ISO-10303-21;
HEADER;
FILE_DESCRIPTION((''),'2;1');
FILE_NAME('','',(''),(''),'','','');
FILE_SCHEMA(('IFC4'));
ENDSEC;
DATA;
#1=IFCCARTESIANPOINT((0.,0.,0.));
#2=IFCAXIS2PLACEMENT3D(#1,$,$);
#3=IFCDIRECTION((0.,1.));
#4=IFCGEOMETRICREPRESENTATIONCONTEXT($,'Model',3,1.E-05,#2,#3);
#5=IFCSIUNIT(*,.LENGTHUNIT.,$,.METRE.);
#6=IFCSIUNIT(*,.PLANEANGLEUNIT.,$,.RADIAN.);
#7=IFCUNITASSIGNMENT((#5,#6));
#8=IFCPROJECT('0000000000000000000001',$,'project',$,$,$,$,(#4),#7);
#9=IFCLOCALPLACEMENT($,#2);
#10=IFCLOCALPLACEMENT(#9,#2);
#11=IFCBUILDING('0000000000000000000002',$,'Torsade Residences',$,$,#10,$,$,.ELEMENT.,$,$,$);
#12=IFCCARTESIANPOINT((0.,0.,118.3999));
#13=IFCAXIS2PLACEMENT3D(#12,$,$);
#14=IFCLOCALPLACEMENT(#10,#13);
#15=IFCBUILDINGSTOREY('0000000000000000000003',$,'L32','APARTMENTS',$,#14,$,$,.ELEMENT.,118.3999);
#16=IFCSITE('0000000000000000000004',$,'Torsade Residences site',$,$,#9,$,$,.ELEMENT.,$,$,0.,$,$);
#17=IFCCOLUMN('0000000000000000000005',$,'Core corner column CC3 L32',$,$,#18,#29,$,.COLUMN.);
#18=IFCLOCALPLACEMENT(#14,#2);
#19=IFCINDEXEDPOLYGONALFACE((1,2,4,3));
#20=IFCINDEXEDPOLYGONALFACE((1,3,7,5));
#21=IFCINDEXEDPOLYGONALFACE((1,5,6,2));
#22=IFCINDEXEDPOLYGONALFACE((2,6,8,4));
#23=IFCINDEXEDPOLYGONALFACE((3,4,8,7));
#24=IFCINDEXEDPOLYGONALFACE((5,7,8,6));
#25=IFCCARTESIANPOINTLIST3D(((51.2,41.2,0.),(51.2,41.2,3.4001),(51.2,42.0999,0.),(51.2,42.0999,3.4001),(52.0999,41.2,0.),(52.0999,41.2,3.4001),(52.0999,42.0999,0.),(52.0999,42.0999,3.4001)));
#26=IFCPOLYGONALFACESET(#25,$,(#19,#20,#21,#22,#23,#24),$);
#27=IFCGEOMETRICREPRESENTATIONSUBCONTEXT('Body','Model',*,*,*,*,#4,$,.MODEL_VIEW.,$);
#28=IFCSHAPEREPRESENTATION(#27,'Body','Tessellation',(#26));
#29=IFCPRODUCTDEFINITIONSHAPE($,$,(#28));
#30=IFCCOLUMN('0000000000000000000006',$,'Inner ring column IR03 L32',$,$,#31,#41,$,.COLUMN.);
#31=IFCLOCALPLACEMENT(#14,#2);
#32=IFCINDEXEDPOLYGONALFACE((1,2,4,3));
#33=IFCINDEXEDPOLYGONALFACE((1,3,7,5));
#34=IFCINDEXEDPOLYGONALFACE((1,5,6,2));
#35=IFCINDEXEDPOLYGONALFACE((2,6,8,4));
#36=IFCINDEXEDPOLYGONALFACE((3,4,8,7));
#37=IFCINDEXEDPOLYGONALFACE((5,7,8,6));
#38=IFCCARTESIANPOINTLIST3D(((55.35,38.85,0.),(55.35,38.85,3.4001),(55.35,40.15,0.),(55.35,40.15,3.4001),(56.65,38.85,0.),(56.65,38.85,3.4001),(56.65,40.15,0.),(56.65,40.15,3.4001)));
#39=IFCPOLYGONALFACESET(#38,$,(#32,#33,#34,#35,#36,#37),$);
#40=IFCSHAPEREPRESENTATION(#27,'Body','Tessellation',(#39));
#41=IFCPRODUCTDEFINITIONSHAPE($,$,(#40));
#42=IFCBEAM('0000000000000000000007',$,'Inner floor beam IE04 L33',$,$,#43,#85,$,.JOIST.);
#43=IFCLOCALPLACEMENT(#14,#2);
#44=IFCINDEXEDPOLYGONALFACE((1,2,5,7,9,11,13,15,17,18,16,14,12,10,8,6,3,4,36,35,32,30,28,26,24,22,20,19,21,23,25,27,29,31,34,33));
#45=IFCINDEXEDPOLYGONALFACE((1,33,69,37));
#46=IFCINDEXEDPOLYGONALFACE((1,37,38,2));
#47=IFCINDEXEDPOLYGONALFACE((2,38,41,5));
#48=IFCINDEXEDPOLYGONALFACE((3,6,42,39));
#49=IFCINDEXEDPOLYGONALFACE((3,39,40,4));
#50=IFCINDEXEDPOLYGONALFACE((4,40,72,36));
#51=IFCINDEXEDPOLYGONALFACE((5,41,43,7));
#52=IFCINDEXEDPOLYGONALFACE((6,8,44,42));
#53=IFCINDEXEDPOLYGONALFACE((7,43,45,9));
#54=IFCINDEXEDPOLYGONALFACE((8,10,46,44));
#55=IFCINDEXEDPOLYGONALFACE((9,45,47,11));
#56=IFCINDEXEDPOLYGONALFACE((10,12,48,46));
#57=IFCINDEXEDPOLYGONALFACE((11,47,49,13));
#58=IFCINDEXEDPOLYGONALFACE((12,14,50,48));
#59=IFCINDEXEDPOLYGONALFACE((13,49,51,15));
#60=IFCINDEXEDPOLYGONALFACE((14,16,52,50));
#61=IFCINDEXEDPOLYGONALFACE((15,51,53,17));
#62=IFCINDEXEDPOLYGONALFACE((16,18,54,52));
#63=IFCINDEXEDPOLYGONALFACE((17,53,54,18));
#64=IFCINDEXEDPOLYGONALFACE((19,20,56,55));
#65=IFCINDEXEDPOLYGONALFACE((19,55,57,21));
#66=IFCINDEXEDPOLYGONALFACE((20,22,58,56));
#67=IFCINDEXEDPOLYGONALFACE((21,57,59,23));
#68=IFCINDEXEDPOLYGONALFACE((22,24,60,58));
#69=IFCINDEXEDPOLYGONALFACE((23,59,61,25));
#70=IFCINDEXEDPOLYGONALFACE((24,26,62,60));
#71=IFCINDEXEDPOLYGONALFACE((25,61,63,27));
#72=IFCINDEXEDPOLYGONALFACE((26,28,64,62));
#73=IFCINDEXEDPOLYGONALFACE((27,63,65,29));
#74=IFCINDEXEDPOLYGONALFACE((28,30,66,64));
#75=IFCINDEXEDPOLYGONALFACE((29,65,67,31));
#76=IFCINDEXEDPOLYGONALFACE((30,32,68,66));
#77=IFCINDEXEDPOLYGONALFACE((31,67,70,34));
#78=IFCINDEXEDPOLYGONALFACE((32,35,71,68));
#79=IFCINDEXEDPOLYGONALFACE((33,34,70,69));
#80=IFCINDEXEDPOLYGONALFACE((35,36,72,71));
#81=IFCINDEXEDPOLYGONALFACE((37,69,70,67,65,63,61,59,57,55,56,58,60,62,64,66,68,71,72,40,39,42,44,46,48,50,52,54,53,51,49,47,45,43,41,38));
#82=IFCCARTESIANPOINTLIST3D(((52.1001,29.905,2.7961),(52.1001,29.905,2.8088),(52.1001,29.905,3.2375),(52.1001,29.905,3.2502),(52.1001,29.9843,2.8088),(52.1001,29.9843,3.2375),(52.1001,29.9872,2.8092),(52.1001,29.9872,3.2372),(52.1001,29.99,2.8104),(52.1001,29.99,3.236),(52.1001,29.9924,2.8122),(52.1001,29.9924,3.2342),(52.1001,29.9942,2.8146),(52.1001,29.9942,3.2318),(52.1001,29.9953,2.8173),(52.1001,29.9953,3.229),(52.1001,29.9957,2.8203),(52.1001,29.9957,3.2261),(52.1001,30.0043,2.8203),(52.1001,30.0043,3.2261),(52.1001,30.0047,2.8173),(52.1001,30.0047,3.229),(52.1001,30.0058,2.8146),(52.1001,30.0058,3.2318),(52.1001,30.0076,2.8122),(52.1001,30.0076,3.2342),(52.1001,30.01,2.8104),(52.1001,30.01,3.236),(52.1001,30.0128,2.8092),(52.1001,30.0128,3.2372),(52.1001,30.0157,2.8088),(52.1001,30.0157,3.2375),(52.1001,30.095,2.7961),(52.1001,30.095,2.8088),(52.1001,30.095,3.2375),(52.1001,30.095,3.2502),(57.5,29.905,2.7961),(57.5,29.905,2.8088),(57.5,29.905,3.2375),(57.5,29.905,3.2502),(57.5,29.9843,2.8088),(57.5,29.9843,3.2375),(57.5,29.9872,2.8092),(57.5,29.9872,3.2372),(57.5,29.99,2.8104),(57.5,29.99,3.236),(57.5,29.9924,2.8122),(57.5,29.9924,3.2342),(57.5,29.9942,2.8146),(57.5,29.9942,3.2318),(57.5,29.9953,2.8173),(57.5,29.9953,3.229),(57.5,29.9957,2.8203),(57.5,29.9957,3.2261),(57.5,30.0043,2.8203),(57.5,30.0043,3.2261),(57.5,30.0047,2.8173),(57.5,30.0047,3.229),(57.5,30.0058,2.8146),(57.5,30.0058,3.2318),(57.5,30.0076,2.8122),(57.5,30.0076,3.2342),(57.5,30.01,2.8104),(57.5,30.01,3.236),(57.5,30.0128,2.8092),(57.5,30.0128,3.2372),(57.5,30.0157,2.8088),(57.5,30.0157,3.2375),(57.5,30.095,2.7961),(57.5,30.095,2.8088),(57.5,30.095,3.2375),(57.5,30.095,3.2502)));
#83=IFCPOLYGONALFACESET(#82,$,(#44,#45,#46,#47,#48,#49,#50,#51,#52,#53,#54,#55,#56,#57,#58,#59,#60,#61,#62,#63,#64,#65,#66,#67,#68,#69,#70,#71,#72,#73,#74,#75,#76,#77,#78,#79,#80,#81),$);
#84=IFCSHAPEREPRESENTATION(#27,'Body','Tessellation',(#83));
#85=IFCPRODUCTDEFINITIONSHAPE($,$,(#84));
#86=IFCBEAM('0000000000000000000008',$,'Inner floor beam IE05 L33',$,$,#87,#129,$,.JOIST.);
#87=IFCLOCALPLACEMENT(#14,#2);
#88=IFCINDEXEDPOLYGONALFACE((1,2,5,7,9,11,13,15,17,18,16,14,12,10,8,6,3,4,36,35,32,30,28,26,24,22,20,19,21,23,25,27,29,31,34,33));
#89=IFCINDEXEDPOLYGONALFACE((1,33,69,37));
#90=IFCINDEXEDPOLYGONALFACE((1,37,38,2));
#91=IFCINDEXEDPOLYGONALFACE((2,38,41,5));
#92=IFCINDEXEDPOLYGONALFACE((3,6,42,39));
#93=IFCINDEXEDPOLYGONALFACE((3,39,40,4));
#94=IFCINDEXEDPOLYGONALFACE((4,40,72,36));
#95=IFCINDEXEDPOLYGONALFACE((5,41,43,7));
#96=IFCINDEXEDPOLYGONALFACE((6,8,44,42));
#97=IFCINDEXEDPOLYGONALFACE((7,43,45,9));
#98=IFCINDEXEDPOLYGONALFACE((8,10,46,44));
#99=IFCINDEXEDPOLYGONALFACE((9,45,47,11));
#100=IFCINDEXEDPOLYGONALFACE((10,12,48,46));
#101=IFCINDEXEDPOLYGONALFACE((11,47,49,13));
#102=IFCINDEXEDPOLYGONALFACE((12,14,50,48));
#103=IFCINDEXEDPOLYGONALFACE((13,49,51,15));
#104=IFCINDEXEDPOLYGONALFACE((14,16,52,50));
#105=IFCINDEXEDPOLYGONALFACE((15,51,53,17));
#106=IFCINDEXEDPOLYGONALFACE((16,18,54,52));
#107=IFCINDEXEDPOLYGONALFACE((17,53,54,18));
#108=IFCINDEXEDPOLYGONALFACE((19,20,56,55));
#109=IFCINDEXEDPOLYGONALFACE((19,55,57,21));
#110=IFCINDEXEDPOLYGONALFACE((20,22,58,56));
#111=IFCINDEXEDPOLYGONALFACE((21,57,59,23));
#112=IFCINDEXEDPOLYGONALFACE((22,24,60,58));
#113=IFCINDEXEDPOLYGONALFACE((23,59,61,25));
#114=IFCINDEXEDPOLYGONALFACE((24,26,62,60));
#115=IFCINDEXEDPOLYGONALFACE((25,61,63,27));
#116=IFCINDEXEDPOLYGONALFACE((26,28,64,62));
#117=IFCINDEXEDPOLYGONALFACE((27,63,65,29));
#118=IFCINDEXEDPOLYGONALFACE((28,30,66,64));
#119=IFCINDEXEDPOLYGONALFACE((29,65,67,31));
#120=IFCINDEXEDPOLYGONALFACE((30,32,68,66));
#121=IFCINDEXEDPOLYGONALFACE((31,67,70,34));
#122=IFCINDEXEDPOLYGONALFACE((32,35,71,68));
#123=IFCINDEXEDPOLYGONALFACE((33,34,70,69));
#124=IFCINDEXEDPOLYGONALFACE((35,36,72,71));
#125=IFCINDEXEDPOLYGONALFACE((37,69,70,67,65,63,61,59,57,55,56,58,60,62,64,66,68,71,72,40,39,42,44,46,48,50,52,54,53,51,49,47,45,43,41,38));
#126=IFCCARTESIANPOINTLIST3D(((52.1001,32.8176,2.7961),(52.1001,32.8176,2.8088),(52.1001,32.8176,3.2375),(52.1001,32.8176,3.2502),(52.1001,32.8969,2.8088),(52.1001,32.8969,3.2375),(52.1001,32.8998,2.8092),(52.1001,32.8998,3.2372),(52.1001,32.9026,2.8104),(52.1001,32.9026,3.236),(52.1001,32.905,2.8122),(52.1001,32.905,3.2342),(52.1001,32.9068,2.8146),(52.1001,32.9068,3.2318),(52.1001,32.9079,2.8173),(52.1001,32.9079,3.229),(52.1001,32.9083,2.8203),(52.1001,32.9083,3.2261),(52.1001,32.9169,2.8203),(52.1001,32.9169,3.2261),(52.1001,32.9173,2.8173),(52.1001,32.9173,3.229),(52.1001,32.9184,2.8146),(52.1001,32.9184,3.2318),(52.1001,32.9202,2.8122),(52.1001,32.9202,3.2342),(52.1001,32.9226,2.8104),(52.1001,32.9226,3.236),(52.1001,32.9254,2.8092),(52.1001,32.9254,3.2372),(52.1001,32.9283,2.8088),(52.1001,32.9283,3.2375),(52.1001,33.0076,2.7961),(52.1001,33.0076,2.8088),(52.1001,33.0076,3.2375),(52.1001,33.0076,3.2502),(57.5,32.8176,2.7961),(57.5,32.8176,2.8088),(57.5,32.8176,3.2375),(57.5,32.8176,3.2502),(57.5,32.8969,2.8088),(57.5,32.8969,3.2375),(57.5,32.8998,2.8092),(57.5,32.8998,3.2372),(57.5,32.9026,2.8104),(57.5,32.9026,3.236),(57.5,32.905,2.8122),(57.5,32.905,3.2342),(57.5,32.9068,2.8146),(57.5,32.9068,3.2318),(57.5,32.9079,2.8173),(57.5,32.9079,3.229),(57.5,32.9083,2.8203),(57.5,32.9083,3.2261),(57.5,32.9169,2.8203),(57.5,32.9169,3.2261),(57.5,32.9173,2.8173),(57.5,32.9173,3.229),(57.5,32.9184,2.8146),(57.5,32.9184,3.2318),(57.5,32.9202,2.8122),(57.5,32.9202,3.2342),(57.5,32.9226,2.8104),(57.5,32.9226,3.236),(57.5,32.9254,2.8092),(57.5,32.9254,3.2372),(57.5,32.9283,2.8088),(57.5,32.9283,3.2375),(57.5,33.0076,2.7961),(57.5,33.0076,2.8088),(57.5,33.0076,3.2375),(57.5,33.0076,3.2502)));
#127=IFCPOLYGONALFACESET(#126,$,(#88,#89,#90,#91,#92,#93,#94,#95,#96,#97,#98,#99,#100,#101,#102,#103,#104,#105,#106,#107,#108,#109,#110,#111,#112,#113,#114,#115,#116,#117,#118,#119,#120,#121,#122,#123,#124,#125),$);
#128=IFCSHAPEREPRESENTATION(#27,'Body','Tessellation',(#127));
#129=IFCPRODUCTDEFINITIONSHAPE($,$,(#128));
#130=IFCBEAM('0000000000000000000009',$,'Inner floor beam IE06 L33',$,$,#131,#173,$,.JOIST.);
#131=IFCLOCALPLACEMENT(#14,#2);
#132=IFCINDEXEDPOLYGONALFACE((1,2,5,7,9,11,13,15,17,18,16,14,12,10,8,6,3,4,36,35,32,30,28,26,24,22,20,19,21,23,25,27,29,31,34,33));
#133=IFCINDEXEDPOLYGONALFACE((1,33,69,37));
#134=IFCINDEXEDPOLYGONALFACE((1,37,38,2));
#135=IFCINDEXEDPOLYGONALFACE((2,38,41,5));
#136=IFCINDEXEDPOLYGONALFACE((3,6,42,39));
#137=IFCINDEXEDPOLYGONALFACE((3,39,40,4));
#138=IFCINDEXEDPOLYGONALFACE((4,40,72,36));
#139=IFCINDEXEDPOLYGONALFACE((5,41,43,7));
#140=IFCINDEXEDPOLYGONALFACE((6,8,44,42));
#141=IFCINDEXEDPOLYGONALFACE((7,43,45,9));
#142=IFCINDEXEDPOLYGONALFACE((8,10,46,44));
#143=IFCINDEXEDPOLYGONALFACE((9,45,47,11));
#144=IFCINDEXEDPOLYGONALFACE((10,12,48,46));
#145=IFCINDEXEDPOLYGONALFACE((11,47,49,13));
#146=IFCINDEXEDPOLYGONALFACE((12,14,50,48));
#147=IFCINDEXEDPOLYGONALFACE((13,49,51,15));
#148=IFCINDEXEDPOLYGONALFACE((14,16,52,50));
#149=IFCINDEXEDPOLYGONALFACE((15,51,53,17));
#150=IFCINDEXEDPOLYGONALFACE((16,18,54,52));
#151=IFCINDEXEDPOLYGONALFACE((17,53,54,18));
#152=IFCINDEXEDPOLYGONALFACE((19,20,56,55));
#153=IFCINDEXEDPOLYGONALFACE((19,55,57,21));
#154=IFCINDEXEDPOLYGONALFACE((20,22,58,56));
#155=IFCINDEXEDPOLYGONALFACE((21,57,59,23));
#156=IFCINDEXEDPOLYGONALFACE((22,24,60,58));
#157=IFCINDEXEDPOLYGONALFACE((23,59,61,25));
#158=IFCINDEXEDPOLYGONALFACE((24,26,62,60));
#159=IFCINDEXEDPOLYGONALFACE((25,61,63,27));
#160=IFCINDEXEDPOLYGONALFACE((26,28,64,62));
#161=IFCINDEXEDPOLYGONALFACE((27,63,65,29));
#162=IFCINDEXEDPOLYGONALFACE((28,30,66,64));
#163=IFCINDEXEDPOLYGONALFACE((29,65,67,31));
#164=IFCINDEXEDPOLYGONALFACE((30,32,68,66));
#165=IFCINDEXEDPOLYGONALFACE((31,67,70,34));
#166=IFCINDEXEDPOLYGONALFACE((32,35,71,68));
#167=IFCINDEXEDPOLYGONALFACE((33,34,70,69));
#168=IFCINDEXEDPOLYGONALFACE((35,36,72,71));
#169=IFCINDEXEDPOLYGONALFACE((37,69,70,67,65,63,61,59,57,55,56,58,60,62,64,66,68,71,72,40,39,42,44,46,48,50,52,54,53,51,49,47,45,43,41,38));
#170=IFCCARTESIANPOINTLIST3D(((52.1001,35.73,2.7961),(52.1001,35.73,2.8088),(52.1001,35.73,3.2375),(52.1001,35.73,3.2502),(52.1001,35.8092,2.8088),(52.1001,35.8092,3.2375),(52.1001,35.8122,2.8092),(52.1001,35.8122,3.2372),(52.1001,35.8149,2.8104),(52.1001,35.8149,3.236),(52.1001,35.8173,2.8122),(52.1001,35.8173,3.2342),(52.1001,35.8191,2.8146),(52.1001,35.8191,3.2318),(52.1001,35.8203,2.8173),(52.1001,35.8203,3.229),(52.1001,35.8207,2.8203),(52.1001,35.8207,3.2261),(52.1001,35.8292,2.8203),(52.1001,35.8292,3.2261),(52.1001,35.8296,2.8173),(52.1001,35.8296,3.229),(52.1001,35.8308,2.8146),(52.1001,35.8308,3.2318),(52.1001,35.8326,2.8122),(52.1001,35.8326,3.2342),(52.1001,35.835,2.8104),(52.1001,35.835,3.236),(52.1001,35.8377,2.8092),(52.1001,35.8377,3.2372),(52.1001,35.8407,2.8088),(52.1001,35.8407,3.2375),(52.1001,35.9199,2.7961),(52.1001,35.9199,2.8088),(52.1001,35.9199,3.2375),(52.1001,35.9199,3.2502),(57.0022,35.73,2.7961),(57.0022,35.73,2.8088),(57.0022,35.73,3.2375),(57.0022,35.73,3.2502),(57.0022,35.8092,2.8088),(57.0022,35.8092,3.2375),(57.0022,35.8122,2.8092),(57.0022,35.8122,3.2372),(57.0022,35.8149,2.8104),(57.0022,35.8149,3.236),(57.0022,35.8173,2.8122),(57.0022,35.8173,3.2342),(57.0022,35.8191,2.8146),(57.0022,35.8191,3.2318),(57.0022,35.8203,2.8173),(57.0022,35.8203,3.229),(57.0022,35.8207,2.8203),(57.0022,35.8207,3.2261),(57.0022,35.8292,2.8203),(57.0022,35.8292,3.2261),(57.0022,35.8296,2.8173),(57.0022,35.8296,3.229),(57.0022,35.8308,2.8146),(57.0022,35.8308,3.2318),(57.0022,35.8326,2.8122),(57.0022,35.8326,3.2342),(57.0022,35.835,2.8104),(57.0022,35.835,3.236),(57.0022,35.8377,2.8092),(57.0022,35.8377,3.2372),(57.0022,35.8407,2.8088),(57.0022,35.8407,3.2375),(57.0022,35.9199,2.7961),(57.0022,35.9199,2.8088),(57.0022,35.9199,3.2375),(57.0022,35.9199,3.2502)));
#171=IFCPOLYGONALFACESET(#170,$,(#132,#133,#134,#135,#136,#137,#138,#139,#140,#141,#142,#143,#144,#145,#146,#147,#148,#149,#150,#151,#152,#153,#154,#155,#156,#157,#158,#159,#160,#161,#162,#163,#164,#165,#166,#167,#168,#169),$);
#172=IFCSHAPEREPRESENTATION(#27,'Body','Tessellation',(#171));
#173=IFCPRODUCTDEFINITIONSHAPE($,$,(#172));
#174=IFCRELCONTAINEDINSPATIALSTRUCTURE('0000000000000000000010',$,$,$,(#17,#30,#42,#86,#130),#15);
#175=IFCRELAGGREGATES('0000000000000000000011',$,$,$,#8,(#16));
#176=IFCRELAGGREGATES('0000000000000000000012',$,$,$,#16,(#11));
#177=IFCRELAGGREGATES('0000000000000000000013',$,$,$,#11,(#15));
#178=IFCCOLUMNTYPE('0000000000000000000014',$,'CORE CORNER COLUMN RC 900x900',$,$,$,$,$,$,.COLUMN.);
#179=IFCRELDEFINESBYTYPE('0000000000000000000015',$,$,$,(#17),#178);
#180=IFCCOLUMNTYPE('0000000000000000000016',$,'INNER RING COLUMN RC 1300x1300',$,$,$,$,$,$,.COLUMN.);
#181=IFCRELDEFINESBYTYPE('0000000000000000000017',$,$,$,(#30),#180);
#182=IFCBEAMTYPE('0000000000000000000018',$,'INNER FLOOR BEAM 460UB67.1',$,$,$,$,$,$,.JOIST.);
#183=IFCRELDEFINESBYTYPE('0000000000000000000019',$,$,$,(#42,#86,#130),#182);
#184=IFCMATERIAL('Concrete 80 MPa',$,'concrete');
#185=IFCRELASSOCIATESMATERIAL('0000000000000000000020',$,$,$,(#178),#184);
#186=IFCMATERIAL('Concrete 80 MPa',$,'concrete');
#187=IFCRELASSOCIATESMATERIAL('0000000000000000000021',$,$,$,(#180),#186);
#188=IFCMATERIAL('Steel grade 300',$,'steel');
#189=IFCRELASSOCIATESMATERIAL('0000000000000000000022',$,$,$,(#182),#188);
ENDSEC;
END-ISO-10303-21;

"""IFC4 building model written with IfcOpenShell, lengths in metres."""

from ifc_helpers import new_model, si_unit, direction, frame, origin, origin_2d, place, context, subcontext, project, spatial, rectangle, i_section, extrude, material, material_profile, profile_set, type_object, element, save


model = new_model("IFC4")

# Units and contexts
model_context = context("Model", 3, precision=1e-05, world=origin(), true_north=direction((0.0, 1.0)))
body_context = subcontext(model_context, "Body", "Model", "MODEL_VIEW")
ifc_project = project(units=[si_unit("LENGTHUNIT", "METRE"), si_unit("PLANEANGLEUNIT", "RADIAN")], contexts=[model_context])

# Site, building, storey
site_placement = place(None, origin())
site = spatial("IfcSite", under=ifc_project, at=site_placement, Name="Torsade Residences site", CompositionType="ELEMENT", RefElevation=0.0)
building_placement = place(site_placement, origin())
building = spatial("IfcBuilding", under=site, at=building_placement, Name="Torsade Residences", CompositionType="ELEMENT")
storey_placement = place(building_placement, frame((0.0, 0.0, 118.3999)))
storey = spatial("IfcBuildingStorey", under=building, at=storey_placement, Name="L32", Description="APARTMENTS", CompositionType="ELEMENT", Elevation=118.3999)

# Columns
ifc_material_1 = material(Name="Concrete 80 MPa", Category="concrete")
ifc_material_profile_1 = material_profile(ifc_material_1, rectangle(XDim=0.8999, YDim=0.8999, at=origin_2d()), Name="RC 900x900")
ifc_profile_set_1 = profile_set([ifc_material_profile_1], Name="Concrete 80 MPa")
column_type_1 = type_object("IfcColumnType", Name="CORE CORNER COLUMN RC 900x900", PredefinedType="COLUMN", material=ifc_profile_set_1)
column_1_placement = place(storey_placement, frame((51.6499, 41.6499, 0.0), z_axis=(0.0, 0.0, 1.0), x_axis=(1.0, 0.0, 0.0)))
element("IfcColumn", 1, at=column_1_placement, inside=storey, type_object=column_type_1, Name="Core corner column CC3 L32", PredefinedType="COLUMN", context=body_context, shape_type="SweptSolid", body=[
    extrude(rectangle(XDim=0.8999, YDim=0.8999, at=origin_2d()), origin(), (0.0, 0.0, 1.0), 3.4001),
])
ifc_material_2 = material(Name="Concrete 80 MPa", Category="concrete")
ifc_material_profile_2 = material_profile(ifc_material_2, rectangle(XDim=1.3, YDim=1.3, at=origin_2d()), Name="RC 1300x1300")
ifc_profile_set_2 = profile_set([ifc_material_profile_2], Name="Concrete 80 MPa")
column_type_2 = type_object("IfcColumnType", Name="INNER RING COLUMN RC 1300x1300", PredefinedType="COLUMN", material=ifc_profile_set_2)
column_2_placement = place(storey_placement, frame((56.0, 39.5, 0.0), z_axis=(0.0, 0.0, 1.0), x_axis=(1.0, 0.0, 0.0)))
element("IfcColumn", 2, at=column_2_placement, inside=storey, type_object=column_type_2, Name="Inner ring column IR03 L32", PredefinedType="COLUMN", context=body_context, shape_type="SweptSolid", body=[
    extrude(rectangle(XDim=1.3, YDim=1.3, at=origin_2d()), origin(), (0.0, 0.0, 1.0), 3.4001),
])

# Beams
ifc_material_3 = material(Name="Steel grade 300", Category="steel")
ifc_material_profile_3 = material_profile(ifc_material_3, i_section(OverallWidth=0.1899, OverallDepth=0.4541, WebThickness=0.0085, FlangeThickness=0.0127, FilletRadius=0.0115, at=origin_2d()), Name="460UB67.1")
ifc_profile_set_3 = profile_set([ifc_material_profile_3], Name="Steel grade 300")
beam_type_1 = type_object("IfcBeamType", Name="INNER FLOOR BEAM 460UB67.1", PredefinedType="JOIST", material=ifc_profile_set_3)
for number, where, z_axis, x_axis, name in (
    (3, (52.1001, 30.0, 3.0232), (1.0, 0.0, 0.0), (0.0, 1.0, 0.0), "Inner floor beam IE04 L33"),
    (4, (52.1001, 32.9126, 3.0232), (1.0, 0.0, 0.0), (0.0, 1.0, 0.0), "Inner floor beam IE05 L33"),
):
    element("IfcBeam", number, at=place(storey_placement, frame(where, z_axis=z_axis, x_axis=x_axis)), inside=storey, type_object=beam_type_1, Name=name, PredefinedType="JOIST", context=body_context, shape_type="SweptSolid", body=[
        extrude(i_section(OverallWidth=0.1899, OverallDepth=0.4541, WebThickness=0.0085, FlangeThickness=0.0127, FilletRadius=0.0115, at=origin_2d()), origin(), (0.0, 0.0, 1.0), 5.3999),
    ])
beam_1_placement = place(storey_placement, frame((52.1001, 35.825, 3.0232), z_axis=(1.0, 0.0, 0.0), x_axis=(0.0, 1.0, 0.0)))
element("IfcBeam", 5, at=beam_1_placement, inside=storey, type_object=beam_type_1, Name="Inner floor beam IE06 L33", PredefinedType="JOIST", context=body_context, shape_type="SweptSolid", body=[
    extrude(i_section(OverallWidth=0.1899, OverallDepth=0.4541, WebThickness=0.0085, FlangeThickness=0.0127, FilletRadius=0.0115, at=origin_2d()), origin(), (0.0, 0.0, 1.0), 4.9021),
])

save(model, "model.ifc")
